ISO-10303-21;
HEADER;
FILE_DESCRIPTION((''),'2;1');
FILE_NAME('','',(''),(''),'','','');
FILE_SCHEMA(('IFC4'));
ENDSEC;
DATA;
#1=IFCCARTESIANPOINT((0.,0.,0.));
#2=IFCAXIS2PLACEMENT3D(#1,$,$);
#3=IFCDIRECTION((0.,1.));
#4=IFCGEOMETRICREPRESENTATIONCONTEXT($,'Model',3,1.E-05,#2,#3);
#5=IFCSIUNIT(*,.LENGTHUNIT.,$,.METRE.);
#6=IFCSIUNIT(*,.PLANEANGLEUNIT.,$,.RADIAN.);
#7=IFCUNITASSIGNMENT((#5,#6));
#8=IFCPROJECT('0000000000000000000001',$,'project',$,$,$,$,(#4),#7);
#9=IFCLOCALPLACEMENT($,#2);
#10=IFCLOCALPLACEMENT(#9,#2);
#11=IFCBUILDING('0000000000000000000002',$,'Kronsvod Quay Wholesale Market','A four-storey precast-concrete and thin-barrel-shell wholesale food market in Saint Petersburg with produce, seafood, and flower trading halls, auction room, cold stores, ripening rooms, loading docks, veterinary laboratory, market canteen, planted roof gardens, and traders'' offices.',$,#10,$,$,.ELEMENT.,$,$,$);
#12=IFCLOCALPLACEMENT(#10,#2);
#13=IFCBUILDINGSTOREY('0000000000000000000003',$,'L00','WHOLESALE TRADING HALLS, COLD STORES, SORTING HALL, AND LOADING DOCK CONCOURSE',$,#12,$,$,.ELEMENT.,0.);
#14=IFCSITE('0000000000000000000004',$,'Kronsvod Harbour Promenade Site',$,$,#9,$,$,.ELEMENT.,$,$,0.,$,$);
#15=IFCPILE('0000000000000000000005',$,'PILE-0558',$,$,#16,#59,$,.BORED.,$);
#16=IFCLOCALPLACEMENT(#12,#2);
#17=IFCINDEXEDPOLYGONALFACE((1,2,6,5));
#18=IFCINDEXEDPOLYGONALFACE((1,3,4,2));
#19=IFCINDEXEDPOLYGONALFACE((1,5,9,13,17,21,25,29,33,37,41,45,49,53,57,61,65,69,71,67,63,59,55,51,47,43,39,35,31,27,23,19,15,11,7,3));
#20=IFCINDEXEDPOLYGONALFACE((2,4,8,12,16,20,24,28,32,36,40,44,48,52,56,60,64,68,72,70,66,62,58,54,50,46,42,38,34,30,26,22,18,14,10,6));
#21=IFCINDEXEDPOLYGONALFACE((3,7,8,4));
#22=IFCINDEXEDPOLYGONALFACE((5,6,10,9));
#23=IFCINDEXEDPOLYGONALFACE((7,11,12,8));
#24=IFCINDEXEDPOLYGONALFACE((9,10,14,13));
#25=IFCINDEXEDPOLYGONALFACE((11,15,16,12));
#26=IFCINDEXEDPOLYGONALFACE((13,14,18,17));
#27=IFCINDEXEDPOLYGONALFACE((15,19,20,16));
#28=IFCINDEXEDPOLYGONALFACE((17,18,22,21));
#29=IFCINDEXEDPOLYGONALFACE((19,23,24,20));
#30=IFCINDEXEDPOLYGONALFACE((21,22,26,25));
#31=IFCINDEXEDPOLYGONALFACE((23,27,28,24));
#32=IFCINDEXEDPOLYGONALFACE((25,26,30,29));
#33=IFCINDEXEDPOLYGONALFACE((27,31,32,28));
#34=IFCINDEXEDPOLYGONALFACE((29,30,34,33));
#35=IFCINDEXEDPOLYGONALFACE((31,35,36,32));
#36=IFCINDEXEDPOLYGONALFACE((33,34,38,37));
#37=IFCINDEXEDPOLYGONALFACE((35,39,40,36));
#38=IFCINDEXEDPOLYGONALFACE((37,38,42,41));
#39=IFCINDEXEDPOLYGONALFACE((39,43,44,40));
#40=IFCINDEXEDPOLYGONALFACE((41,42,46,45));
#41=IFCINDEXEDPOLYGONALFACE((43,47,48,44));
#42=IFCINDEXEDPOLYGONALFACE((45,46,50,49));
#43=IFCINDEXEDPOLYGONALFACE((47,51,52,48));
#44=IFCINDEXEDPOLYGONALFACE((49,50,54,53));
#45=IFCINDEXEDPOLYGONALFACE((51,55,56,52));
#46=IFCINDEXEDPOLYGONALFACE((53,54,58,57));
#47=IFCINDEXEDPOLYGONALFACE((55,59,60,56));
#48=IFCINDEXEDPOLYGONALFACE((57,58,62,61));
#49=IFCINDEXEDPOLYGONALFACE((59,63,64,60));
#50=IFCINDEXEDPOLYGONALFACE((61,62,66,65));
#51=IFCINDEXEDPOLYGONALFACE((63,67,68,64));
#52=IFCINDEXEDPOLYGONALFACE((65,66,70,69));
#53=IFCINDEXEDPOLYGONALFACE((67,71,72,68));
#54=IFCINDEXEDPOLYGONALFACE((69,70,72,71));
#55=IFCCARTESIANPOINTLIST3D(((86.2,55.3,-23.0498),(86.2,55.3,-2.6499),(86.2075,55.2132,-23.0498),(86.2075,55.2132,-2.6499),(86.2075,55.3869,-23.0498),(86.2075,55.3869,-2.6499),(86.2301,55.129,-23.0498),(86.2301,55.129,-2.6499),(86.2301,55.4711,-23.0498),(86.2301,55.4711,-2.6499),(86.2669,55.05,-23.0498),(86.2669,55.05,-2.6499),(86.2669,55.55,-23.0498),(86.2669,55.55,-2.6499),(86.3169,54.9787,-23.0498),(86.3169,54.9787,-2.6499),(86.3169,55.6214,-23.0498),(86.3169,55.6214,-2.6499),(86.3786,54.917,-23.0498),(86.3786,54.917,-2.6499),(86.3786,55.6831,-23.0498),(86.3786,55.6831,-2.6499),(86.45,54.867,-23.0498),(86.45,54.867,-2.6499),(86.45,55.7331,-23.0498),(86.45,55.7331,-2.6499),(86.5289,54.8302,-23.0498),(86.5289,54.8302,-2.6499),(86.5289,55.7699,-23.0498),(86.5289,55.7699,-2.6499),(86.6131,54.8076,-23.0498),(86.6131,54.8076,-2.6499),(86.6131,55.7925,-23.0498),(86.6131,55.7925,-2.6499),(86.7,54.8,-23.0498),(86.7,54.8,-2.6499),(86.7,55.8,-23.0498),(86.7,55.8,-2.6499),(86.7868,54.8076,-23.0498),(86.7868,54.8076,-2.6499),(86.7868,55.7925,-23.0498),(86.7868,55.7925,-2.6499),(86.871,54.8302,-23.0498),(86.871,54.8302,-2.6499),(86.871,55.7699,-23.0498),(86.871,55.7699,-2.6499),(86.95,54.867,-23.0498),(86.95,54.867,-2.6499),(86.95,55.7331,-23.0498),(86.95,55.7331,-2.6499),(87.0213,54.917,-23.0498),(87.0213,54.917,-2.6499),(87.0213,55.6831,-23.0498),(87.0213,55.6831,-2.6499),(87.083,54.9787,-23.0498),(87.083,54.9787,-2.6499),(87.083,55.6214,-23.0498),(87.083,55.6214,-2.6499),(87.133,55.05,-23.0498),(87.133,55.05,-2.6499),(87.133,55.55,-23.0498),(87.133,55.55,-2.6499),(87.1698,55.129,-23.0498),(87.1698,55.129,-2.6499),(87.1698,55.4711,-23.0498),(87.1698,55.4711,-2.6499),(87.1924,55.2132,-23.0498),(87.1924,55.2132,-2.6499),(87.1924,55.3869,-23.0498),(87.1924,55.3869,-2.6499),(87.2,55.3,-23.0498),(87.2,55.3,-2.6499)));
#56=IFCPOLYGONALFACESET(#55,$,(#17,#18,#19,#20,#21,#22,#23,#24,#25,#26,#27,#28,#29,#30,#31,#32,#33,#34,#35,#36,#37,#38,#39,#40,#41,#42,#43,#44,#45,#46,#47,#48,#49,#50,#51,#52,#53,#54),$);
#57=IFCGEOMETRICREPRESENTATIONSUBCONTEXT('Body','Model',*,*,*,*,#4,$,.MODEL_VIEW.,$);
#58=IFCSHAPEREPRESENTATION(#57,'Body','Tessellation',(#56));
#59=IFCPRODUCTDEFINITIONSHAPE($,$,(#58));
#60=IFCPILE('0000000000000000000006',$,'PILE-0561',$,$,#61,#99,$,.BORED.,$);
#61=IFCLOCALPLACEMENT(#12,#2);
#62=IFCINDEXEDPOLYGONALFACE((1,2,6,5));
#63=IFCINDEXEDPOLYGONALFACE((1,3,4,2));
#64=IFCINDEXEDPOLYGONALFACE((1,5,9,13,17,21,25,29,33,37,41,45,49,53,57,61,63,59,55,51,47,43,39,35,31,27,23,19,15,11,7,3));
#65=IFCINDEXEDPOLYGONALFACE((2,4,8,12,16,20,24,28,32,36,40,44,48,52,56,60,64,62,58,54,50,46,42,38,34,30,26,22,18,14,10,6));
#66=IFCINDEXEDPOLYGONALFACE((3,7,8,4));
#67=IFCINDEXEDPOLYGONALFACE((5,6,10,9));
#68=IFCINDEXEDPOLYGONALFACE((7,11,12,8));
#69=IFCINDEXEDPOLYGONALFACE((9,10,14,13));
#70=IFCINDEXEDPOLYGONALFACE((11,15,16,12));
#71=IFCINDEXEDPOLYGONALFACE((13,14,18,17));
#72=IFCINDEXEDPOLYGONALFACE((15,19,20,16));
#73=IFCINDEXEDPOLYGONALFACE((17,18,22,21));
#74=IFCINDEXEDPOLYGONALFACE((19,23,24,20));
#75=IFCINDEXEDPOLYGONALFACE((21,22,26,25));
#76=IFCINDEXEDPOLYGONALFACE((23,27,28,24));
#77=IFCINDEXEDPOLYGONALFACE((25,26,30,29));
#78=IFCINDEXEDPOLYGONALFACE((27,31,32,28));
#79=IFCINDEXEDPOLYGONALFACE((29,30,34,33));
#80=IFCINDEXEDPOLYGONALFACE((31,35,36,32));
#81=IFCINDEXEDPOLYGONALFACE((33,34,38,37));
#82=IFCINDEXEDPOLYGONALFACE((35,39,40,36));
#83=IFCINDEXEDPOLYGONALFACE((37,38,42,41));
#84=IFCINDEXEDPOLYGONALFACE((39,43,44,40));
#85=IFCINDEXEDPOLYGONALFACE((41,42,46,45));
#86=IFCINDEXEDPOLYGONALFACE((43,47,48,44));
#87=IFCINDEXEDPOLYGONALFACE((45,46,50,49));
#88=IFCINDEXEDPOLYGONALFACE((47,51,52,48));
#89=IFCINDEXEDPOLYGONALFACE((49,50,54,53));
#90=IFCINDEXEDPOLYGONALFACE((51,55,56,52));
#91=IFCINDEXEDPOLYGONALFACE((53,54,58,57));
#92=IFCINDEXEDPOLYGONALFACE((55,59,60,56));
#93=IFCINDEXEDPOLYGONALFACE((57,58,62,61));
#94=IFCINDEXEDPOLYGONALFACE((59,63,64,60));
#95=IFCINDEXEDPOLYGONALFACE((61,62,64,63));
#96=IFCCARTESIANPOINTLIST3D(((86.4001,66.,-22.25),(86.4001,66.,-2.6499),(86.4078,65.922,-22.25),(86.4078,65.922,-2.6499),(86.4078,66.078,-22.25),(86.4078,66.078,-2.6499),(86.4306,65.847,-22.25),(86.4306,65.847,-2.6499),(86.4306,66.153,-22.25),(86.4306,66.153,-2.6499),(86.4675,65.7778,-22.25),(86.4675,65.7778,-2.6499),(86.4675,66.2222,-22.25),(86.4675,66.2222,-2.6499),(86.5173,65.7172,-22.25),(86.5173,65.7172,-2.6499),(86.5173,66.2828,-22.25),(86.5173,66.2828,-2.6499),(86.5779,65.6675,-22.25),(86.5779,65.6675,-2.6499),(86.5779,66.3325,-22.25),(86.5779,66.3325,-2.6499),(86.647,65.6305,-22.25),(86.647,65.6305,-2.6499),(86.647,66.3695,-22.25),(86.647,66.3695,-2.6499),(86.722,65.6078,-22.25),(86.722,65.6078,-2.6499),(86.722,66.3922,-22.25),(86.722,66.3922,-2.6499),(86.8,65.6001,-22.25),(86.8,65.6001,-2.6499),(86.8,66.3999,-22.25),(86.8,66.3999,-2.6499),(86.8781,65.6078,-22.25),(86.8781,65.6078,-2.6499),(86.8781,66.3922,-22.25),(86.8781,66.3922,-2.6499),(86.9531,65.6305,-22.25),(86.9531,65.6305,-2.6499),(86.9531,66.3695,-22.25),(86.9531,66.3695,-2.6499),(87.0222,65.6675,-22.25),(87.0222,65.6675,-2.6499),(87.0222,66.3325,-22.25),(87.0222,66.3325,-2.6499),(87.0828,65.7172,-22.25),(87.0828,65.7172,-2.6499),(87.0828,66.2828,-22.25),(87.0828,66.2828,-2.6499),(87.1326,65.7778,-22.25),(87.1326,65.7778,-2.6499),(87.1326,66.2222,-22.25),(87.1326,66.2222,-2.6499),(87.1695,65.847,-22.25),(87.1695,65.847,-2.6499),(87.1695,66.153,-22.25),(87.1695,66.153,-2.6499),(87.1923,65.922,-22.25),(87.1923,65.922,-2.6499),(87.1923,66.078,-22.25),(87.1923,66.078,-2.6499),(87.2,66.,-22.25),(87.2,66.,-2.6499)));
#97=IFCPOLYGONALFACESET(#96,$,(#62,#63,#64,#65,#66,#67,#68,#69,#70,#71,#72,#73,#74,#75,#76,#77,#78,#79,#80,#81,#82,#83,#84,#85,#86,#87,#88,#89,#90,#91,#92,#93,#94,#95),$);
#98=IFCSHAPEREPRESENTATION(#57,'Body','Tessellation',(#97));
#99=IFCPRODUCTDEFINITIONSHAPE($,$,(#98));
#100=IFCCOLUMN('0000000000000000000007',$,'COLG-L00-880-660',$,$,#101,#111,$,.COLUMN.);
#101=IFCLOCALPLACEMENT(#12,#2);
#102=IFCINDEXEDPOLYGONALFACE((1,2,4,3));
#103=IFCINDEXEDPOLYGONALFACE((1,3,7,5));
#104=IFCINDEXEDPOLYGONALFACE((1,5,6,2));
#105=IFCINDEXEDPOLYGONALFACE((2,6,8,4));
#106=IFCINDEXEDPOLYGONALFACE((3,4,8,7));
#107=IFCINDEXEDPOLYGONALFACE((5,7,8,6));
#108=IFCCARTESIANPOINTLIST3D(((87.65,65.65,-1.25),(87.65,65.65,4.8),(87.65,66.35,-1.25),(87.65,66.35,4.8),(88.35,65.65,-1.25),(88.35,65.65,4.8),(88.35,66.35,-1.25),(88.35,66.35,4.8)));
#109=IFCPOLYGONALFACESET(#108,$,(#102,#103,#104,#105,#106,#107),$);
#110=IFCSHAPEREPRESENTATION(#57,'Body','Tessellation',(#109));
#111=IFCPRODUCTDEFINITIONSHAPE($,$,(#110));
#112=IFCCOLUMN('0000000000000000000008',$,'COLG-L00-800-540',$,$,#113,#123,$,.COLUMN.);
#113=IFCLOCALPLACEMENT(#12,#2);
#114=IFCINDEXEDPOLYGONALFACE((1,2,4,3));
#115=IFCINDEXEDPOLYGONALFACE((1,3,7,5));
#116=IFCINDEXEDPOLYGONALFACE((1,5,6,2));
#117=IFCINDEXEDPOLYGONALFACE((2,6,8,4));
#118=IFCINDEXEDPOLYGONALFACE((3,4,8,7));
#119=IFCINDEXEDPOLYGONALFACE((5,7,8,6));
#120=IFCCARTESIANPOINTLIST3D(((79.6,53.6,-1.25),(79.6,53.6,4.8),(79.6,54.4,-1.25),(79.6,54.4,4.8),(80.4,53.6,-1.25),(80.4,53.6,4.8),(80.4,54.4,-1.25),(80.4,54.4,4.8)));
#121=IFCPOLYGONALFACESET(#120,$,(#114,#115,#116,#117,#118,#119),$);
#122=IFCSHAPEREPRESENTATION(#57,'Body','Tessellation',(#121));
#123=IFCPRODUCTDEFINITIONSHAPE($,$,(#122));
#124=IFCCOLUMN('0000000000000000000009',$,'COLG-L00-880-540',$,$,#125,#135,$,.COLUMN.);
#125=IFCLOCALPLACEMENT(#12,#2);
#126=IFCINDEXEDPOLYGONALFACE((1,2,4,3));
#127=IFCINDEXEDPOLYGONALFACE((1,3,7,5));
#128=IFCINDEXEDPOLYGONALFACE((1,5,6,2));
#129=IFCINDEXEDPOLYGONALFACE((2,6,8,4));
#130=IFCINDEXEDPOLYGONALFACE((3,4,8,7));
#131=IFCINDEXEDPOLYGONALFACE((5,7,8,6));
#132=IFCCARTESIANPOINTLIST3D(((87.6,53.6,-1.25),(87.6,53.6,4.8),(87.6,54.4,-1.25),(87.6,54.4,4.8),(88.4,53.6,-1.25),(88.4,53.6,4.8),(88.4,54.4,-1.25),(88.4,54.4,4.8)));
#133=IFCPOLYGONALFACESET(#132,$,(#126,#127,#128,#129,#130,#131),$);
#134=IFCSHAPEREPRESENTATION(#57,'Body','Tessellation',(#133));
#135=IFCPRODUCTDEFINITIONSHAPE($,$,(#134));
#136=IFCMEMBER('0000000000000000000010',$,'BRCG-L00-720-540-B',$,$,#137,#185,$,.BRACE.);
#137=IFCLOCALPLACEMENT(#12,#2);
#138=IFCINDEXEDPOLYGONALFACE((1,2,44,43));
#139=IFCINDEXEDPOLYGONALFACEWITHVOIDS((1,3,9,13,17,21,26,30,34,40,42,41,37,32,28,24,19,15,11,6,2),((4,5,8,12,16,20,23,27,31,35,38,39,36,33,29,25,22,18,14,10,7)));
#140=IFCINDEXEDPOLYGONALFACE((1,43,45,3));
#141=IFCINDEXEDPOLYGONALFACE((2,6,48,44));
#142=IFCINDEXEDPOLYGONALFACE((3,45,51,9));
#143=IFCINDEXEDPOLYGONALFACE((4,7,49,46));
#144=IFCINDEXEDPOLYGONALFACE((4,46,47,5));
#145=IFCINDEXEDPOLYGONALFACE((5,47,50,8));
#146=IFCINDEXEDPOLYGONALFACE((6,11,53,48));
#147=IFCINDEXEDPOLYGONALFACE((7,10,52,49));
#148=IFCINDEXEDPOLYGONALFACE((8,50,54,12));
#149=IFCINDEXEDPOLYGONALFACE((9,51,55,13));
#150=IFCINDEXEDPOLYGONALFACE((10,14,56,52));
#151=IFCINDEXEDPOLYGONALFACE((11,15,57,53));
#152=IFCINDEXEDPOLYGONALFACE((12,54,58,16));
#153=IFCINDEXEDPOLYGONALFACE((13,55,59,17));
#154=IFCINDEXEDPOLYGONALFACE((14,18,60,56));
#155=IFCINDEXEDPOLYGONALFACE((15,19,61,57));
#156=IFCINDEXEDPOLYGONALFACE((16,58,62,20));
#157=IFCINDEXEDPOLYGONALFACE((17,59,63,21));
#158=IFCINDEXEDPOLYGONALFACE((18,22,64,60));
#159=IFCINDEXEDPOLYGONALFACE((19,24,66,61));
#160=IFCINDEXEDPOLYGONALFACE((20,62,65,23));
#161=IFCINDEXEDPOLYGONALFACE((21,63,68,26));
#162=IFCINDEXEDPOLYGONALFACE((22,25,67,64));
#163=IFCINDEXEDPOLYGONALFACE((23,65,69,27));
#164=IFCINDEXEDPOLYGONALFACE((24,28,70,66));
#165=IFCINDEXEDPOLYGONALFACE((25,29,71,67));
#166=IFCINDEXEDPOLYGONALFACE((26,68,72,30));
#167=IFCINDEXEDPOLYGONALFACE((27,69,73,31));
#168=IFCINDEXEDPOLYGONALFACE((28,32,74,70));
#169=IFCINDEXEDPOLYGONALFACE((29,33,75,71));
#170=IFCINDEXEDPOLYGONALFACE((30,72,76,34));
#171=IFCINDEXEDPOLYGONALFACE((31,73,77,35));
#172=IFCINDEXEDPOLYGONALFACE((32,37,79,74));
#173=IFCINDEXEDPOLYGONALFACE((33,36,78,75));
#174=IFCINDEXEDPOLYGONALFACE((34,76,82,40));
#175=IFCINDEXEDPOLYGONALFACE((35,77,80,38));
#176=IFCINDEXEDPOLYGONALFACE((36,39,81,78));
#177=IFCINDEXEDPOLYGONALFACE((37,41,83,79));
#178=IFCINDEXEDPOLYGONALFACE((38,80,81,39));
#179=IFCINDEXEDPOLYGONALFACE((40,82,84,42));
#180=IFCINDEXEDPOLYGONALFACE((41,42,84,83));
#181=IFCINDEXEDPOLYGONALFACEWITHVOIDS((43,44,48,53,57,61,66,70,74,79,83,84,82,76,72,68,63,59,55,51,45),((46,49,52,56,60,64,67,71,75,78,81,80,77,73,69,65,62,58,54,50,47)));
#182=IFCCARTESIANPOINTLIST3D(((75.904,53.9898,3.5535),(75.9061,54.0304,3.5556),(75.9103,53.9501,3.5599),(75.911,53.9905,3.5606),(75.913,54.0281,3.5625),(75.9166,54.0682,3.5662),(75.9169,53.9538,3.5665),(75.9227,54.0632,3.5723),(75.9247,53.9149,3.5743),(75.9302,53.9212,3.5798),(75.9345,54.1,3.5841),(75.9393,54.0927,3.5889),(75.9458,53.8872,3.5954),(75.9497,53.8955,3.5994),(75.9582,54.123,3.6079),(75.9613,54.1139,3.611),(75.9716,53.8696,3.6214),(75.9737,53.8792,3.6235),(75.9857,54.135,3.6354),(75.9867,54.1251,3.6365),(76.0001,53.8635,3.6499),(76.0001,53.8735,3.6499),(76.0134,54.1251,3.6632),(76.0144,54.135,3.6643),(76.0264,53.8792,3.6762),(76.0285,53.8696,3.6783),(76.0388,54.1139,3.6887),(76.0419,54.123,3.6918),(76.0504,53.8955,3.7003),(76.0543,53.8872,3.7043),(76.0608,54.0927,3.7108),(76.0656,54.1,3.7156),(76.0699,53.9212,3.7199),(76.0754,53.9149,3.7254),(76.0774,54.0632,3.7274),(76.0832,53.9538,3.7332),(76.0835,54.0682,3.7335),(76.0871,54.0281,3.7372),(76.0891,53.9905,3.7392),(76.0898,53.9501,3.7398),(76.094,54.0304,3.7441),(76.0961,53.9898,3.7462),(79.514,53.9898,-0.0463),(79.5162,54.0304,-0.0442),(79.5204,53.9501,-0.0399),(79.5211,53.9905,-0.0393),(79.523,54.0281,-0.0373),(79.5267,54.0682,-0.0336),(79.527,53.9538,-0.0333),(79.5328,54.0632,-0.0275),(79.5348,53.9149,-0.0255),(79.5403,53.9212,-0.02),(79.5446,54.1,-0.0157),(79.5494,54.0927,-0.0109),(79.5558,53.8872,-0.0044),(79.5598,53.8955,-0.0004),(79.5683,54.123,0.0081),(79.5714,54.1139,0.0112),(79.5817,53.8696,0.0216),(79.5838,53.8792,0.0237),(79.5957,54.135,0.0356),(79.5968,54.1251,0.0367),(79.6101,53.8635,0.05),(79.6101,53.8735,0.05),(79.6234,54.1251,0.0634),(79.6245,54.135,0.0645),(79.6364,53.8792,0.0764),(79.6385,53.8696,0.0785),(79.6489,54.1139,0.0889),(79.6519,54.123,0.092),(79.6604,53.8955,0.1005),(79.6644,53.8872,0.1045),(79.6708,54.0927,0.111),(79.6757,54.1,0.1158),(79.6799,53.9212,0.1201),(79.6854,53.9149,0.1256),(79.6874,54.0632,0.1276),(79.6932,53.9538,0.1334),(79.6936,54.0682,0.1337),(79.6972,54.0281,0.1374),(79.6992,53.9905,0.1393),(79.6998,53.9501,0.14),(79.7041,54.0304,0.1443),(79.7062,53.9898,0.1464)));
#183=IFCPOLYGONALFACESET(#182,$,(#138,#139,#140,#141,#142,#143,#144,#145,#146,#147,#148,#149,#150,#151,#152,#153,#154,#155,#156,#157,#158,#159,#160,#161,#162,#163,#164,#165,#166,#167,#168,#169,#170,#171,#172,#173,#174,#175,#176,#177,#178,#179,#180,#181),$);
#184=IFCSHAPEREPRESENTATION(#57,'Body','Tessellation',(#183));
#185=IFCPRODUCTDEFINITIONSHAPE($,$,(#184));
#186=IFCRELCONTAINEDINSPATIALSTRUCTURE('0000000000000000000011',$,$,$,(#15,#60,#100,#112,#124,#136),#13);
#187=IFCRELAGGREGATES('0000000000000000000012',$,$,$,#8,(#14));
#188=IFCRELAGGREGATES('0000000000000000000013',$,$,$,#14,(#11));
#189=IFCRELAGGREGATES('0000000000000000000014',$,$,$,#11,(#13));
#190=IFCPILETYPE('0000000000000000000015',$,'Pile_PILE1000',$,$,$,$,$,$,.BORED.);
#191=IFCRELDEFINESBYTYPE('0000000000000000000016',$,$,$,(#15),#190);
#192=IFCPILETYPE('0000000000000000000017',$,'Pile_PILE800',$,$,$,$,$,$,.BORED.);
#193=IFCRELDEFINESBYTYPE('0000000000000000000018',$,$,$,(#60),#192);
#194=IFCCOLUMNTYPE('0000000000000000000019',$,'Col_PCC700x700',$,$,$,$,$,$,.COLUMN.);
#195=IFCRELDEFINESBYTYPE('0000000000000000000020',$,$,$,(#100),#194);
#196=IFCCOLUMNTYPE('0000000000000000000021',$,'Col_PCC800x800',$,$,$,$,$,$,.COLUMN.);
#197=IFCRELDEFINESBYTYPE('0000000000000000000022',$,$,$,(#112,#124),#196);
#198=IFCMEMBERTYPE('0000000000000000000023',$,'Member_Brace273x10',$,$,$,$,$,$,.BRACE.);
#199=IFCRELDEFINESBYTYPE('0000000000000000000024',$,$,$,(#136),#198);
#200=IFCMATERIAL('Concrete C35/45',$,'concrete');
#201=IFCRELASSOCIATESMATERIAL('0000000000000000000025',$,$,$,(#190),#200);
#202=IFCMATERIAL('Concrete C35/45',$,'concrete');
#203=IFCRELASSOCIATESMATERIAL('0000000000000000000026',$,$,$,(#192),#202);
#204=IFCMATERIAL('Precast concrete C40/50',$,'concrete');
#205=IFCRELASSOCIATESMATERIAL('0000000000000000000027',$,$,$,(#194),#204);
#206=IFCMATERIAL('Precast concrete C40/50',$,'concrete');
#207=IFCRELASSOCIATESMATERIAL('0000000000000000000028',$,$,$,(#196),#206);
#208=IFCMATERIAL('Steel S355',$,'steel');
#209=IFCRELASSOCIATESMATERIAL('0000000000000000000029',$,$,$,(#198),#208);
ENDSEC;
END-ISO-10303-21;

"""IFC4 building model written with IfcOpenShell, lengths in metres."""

from ifc_helpers import new_model, si_unit, direction, frame, origin, origin_2d, place, context, subcontext, project, spatial, rectangle, circle, hollow_circle, extrude, material, material_profile, profile_set, type_object, element, save


model = new_model("IFC4")

# Units and contexts
model_context = context("Model", 3, precision=1e-05, world=origin(), true_north=direction((0.0, 1.0)))
body_context = subcontext(model_context, "Body", "Model", "MODEL_VIEW")
ifc_project = project(units=[si_unit("LENGTHUNIT", "METRE"), si_unit("PLANEANGLEUNIT", "RADIAN")], contexts=[model_context])

# Site, building, storey
site_placement = place(None, origin())
site = spatial("IfcSite", under=ifc_project, at=site_placement, Name="Kronsvod Harbour Promenade Site", CompositionType="ELEMENT", RefElevation=0.0)
building_placement = place(site_placement, origin())
building = spatial("IfcBuilding", under=site, at=building_placement, Name="Kronsvod Quay Wholesale Market", Description="A four-storey precast-concrete and thin-barrel-shell wholesale food market in Saint Petersburg with produce, seafood, and flower trading halls, auction room, cold stores, ripening rooms, loading docks, veterinary laboratory, market canteen, planted roof gardens, and traders' offices.", CompositionType="ELEMENT")
storey_placement = place(building_placement, origin())
storey = spatial("IfcBuildingStorey", under=building, at=storey_placement, Name="L00", Description="WHOLESALE TRADING HALLS, COLD STORES, SORTING HALL, AND LOADING DOCK CONCOURSE", CompositionType="ELEMENT", Elevation=0.0)

# Piles
ifc_material_1 = material(Name="Concrete C35/45", Category="concrete")
ifc_material_profile_1 = material_profile(ifc_material_1, circle(Radius=0.5, at=origin_2d()), Name="PILE1000")
ifc_profile_set_1 = profile_set([ifc_material_profile_1], Name="Concrete C35/45")
pile_type_1 = type_object("IfcPileType", Name="Pile_PILE1000", PredefinedType="BORED", material=ifc_profile_set_1)
for number, where, z_axis, x_axis, name in (
    (1, (86.7, 55.3, -2.6499), (0.0, 0.0, -1.0), (1.0, 0.0, 0.0), "PILE-0558"),
):
    element("IfcPile", number, at=place(storey_placement, frame(where, z_axis=z_axis, x_axis=x_axis)), inside=storey, type_object=pile_type_1, Name=name, PredefinedType="BORED", context=body_context, shape_type="SweptSolid", body=[
        extrude(circle(Radius=0.5, at=origin_2d()), origin(), (0.0, 0.0, 1.0), 20.3999),
    ])
ifc_material_2 = material(Name="Concrete C35/45", Category="concrete")
ifc_material_profile_2 = material_profile(ifc_material_2, circle(Radius=0.3999, at=origin_2d()), Name="PILE800")
ifc_profile_set_2 = profile_set([ifc_material_profile_2], Name="Concrete C35/45")
pile_type_2 = type_object("IfcPileType", Name="Pile_PILE800", PredefinedType="BORED", material=ifc_profile_set_2)
pile_placement = place(storey_placement, frame((86.8, 66.0, -2.6499), z_axis=(0.0, 0.0, -1.0), x_axis=(1.0, 0.0, 0.0)))
element("IfcPile", 2, at=pile_placement, inside=storey, type_object=pile_type_2, Name="PILE-0561", PredefinedType="BORED", context=body_context, shape_type="SweptSolid", body=[
    extrude(circle(Radius=0.3999, at=origin_2d()), origin(), (0.0, 0.0, 1.0), 19.6001),
])

# Columns
ifc_material_3 = material(Name="Precast concrete C40/50", Category="concrete")
ifc_material_profile_3 = material_profile(ifc_material_3, rectangle(XDim=0.7, YDim=0.7, at=origin_2d()), Name="PCC700x700")
ifc_profile_set_3 = profile_set([ifc_material_profile_3], Name="Precast concrete C40/50")
column_type_1 = type_object("IfcColumnType", Name="Col_PCC700x700", PredefinedType="COLUMN", material=ifc_profile_set_3)
column_placement = place(storey_placement, frame((88.0, 66.0, -1.25), z_axis=(0.0, 0.0, 1.0), x_axis=(1.0, 0.0, 0.0)))
element("IfcColumn", 3, at=column_placement, inside=storey, type_object=column_type_1, Name="COLG-L00-880-660", PredefinedType="COLUMN", context=body_context, shape_type="SweptSolid", body=[
    extrude(rectangle(XDim=0.7, YDim=0.7, at=origin_2d()), origin(), (0.0, 0.0, 1.0), 6.05),
])
ifc_material_4 = material(Name="Precast concrete C40/50", Category="concrete")
ifc_material_profile_4 = material_profile(ifc_material_4, rectangle(XDim=0.8, YDim=0.8, at=origin_2d()), Name="PCC800x800")
ifc_profile_set_4 = profile_set([ifc_material_profile_4], Name="Precast concrete C40/50")
column_type_2 = type_object("IfcColumnType", Name="Col_PCC800x800", PredefinedType="COLUMN", material=ifc_profile_set_4)
for number, where, z_axis, x_axis, name in (
    (4, (80.0, 54.0, -1.25), (0.0, 0.0, 1.0), (1.0, 0.0, 0.0), "COLG-L00-800-540"),
    (5, (88.0, 54.0, -1.25), (0.0, 0.0, 1.0), (1.0, 0.0, 0.0), "COLG-L00-880-540"),
):
    element("IfcColumn", number, at=place(storey_placement, frame(where, z_axis=z_axis, x_axis=x_axis)), inside=storey, type_object=column_type_2, Name=name, PredefinedType="COLUMN", context=body_context, shape_type="SweptSolid", body=[
        extrude(rectangle(XDim=0.8, YDim=0.8, at=origin_2d()), origin(), (0.0, 0.0, 1.0), 6.05),
    ])

# Member
ifc_material_5 = material(Name="Steel S355", Category="steel")
ifc_material_profile_5 = material_profile(ifc_material_5, hollow_circle(Radius=0.1365, WallThickness=0.01, at=origin_2d()), Name="CHS273x10")
ifc_profile_set_5 = profile_set([ifc_material_profile_5], Name="Steel S355")
member_type_1 = type_object("IfcMemberType", Name="Member_Brace273x10", PredefinedType="BRACE", material=ifc_profile_set_5)
member_1_placement = place(storey_placement, frame((79.6101, 54.0, 0.05), z_axis=(-0.708112, 0.0, 0.7061), x_axis=(0.0, -1.0, 0.0)))
element("IfcMember", 6, at=member_1_placement, inside=storey, type_object=member_type_1, Name="BRCG-L00-720-540-B", PredefinedType="BRACE", context=body_context, shape_type="SweptSolid", body=[
    extrude(hollow_circle(Radius=0.1365, WallThickness=0.01, at=origin_2d()), origin(), (0.0, 0.0, 1.0), 5.0981),
])

save(model, "model.ifc")
